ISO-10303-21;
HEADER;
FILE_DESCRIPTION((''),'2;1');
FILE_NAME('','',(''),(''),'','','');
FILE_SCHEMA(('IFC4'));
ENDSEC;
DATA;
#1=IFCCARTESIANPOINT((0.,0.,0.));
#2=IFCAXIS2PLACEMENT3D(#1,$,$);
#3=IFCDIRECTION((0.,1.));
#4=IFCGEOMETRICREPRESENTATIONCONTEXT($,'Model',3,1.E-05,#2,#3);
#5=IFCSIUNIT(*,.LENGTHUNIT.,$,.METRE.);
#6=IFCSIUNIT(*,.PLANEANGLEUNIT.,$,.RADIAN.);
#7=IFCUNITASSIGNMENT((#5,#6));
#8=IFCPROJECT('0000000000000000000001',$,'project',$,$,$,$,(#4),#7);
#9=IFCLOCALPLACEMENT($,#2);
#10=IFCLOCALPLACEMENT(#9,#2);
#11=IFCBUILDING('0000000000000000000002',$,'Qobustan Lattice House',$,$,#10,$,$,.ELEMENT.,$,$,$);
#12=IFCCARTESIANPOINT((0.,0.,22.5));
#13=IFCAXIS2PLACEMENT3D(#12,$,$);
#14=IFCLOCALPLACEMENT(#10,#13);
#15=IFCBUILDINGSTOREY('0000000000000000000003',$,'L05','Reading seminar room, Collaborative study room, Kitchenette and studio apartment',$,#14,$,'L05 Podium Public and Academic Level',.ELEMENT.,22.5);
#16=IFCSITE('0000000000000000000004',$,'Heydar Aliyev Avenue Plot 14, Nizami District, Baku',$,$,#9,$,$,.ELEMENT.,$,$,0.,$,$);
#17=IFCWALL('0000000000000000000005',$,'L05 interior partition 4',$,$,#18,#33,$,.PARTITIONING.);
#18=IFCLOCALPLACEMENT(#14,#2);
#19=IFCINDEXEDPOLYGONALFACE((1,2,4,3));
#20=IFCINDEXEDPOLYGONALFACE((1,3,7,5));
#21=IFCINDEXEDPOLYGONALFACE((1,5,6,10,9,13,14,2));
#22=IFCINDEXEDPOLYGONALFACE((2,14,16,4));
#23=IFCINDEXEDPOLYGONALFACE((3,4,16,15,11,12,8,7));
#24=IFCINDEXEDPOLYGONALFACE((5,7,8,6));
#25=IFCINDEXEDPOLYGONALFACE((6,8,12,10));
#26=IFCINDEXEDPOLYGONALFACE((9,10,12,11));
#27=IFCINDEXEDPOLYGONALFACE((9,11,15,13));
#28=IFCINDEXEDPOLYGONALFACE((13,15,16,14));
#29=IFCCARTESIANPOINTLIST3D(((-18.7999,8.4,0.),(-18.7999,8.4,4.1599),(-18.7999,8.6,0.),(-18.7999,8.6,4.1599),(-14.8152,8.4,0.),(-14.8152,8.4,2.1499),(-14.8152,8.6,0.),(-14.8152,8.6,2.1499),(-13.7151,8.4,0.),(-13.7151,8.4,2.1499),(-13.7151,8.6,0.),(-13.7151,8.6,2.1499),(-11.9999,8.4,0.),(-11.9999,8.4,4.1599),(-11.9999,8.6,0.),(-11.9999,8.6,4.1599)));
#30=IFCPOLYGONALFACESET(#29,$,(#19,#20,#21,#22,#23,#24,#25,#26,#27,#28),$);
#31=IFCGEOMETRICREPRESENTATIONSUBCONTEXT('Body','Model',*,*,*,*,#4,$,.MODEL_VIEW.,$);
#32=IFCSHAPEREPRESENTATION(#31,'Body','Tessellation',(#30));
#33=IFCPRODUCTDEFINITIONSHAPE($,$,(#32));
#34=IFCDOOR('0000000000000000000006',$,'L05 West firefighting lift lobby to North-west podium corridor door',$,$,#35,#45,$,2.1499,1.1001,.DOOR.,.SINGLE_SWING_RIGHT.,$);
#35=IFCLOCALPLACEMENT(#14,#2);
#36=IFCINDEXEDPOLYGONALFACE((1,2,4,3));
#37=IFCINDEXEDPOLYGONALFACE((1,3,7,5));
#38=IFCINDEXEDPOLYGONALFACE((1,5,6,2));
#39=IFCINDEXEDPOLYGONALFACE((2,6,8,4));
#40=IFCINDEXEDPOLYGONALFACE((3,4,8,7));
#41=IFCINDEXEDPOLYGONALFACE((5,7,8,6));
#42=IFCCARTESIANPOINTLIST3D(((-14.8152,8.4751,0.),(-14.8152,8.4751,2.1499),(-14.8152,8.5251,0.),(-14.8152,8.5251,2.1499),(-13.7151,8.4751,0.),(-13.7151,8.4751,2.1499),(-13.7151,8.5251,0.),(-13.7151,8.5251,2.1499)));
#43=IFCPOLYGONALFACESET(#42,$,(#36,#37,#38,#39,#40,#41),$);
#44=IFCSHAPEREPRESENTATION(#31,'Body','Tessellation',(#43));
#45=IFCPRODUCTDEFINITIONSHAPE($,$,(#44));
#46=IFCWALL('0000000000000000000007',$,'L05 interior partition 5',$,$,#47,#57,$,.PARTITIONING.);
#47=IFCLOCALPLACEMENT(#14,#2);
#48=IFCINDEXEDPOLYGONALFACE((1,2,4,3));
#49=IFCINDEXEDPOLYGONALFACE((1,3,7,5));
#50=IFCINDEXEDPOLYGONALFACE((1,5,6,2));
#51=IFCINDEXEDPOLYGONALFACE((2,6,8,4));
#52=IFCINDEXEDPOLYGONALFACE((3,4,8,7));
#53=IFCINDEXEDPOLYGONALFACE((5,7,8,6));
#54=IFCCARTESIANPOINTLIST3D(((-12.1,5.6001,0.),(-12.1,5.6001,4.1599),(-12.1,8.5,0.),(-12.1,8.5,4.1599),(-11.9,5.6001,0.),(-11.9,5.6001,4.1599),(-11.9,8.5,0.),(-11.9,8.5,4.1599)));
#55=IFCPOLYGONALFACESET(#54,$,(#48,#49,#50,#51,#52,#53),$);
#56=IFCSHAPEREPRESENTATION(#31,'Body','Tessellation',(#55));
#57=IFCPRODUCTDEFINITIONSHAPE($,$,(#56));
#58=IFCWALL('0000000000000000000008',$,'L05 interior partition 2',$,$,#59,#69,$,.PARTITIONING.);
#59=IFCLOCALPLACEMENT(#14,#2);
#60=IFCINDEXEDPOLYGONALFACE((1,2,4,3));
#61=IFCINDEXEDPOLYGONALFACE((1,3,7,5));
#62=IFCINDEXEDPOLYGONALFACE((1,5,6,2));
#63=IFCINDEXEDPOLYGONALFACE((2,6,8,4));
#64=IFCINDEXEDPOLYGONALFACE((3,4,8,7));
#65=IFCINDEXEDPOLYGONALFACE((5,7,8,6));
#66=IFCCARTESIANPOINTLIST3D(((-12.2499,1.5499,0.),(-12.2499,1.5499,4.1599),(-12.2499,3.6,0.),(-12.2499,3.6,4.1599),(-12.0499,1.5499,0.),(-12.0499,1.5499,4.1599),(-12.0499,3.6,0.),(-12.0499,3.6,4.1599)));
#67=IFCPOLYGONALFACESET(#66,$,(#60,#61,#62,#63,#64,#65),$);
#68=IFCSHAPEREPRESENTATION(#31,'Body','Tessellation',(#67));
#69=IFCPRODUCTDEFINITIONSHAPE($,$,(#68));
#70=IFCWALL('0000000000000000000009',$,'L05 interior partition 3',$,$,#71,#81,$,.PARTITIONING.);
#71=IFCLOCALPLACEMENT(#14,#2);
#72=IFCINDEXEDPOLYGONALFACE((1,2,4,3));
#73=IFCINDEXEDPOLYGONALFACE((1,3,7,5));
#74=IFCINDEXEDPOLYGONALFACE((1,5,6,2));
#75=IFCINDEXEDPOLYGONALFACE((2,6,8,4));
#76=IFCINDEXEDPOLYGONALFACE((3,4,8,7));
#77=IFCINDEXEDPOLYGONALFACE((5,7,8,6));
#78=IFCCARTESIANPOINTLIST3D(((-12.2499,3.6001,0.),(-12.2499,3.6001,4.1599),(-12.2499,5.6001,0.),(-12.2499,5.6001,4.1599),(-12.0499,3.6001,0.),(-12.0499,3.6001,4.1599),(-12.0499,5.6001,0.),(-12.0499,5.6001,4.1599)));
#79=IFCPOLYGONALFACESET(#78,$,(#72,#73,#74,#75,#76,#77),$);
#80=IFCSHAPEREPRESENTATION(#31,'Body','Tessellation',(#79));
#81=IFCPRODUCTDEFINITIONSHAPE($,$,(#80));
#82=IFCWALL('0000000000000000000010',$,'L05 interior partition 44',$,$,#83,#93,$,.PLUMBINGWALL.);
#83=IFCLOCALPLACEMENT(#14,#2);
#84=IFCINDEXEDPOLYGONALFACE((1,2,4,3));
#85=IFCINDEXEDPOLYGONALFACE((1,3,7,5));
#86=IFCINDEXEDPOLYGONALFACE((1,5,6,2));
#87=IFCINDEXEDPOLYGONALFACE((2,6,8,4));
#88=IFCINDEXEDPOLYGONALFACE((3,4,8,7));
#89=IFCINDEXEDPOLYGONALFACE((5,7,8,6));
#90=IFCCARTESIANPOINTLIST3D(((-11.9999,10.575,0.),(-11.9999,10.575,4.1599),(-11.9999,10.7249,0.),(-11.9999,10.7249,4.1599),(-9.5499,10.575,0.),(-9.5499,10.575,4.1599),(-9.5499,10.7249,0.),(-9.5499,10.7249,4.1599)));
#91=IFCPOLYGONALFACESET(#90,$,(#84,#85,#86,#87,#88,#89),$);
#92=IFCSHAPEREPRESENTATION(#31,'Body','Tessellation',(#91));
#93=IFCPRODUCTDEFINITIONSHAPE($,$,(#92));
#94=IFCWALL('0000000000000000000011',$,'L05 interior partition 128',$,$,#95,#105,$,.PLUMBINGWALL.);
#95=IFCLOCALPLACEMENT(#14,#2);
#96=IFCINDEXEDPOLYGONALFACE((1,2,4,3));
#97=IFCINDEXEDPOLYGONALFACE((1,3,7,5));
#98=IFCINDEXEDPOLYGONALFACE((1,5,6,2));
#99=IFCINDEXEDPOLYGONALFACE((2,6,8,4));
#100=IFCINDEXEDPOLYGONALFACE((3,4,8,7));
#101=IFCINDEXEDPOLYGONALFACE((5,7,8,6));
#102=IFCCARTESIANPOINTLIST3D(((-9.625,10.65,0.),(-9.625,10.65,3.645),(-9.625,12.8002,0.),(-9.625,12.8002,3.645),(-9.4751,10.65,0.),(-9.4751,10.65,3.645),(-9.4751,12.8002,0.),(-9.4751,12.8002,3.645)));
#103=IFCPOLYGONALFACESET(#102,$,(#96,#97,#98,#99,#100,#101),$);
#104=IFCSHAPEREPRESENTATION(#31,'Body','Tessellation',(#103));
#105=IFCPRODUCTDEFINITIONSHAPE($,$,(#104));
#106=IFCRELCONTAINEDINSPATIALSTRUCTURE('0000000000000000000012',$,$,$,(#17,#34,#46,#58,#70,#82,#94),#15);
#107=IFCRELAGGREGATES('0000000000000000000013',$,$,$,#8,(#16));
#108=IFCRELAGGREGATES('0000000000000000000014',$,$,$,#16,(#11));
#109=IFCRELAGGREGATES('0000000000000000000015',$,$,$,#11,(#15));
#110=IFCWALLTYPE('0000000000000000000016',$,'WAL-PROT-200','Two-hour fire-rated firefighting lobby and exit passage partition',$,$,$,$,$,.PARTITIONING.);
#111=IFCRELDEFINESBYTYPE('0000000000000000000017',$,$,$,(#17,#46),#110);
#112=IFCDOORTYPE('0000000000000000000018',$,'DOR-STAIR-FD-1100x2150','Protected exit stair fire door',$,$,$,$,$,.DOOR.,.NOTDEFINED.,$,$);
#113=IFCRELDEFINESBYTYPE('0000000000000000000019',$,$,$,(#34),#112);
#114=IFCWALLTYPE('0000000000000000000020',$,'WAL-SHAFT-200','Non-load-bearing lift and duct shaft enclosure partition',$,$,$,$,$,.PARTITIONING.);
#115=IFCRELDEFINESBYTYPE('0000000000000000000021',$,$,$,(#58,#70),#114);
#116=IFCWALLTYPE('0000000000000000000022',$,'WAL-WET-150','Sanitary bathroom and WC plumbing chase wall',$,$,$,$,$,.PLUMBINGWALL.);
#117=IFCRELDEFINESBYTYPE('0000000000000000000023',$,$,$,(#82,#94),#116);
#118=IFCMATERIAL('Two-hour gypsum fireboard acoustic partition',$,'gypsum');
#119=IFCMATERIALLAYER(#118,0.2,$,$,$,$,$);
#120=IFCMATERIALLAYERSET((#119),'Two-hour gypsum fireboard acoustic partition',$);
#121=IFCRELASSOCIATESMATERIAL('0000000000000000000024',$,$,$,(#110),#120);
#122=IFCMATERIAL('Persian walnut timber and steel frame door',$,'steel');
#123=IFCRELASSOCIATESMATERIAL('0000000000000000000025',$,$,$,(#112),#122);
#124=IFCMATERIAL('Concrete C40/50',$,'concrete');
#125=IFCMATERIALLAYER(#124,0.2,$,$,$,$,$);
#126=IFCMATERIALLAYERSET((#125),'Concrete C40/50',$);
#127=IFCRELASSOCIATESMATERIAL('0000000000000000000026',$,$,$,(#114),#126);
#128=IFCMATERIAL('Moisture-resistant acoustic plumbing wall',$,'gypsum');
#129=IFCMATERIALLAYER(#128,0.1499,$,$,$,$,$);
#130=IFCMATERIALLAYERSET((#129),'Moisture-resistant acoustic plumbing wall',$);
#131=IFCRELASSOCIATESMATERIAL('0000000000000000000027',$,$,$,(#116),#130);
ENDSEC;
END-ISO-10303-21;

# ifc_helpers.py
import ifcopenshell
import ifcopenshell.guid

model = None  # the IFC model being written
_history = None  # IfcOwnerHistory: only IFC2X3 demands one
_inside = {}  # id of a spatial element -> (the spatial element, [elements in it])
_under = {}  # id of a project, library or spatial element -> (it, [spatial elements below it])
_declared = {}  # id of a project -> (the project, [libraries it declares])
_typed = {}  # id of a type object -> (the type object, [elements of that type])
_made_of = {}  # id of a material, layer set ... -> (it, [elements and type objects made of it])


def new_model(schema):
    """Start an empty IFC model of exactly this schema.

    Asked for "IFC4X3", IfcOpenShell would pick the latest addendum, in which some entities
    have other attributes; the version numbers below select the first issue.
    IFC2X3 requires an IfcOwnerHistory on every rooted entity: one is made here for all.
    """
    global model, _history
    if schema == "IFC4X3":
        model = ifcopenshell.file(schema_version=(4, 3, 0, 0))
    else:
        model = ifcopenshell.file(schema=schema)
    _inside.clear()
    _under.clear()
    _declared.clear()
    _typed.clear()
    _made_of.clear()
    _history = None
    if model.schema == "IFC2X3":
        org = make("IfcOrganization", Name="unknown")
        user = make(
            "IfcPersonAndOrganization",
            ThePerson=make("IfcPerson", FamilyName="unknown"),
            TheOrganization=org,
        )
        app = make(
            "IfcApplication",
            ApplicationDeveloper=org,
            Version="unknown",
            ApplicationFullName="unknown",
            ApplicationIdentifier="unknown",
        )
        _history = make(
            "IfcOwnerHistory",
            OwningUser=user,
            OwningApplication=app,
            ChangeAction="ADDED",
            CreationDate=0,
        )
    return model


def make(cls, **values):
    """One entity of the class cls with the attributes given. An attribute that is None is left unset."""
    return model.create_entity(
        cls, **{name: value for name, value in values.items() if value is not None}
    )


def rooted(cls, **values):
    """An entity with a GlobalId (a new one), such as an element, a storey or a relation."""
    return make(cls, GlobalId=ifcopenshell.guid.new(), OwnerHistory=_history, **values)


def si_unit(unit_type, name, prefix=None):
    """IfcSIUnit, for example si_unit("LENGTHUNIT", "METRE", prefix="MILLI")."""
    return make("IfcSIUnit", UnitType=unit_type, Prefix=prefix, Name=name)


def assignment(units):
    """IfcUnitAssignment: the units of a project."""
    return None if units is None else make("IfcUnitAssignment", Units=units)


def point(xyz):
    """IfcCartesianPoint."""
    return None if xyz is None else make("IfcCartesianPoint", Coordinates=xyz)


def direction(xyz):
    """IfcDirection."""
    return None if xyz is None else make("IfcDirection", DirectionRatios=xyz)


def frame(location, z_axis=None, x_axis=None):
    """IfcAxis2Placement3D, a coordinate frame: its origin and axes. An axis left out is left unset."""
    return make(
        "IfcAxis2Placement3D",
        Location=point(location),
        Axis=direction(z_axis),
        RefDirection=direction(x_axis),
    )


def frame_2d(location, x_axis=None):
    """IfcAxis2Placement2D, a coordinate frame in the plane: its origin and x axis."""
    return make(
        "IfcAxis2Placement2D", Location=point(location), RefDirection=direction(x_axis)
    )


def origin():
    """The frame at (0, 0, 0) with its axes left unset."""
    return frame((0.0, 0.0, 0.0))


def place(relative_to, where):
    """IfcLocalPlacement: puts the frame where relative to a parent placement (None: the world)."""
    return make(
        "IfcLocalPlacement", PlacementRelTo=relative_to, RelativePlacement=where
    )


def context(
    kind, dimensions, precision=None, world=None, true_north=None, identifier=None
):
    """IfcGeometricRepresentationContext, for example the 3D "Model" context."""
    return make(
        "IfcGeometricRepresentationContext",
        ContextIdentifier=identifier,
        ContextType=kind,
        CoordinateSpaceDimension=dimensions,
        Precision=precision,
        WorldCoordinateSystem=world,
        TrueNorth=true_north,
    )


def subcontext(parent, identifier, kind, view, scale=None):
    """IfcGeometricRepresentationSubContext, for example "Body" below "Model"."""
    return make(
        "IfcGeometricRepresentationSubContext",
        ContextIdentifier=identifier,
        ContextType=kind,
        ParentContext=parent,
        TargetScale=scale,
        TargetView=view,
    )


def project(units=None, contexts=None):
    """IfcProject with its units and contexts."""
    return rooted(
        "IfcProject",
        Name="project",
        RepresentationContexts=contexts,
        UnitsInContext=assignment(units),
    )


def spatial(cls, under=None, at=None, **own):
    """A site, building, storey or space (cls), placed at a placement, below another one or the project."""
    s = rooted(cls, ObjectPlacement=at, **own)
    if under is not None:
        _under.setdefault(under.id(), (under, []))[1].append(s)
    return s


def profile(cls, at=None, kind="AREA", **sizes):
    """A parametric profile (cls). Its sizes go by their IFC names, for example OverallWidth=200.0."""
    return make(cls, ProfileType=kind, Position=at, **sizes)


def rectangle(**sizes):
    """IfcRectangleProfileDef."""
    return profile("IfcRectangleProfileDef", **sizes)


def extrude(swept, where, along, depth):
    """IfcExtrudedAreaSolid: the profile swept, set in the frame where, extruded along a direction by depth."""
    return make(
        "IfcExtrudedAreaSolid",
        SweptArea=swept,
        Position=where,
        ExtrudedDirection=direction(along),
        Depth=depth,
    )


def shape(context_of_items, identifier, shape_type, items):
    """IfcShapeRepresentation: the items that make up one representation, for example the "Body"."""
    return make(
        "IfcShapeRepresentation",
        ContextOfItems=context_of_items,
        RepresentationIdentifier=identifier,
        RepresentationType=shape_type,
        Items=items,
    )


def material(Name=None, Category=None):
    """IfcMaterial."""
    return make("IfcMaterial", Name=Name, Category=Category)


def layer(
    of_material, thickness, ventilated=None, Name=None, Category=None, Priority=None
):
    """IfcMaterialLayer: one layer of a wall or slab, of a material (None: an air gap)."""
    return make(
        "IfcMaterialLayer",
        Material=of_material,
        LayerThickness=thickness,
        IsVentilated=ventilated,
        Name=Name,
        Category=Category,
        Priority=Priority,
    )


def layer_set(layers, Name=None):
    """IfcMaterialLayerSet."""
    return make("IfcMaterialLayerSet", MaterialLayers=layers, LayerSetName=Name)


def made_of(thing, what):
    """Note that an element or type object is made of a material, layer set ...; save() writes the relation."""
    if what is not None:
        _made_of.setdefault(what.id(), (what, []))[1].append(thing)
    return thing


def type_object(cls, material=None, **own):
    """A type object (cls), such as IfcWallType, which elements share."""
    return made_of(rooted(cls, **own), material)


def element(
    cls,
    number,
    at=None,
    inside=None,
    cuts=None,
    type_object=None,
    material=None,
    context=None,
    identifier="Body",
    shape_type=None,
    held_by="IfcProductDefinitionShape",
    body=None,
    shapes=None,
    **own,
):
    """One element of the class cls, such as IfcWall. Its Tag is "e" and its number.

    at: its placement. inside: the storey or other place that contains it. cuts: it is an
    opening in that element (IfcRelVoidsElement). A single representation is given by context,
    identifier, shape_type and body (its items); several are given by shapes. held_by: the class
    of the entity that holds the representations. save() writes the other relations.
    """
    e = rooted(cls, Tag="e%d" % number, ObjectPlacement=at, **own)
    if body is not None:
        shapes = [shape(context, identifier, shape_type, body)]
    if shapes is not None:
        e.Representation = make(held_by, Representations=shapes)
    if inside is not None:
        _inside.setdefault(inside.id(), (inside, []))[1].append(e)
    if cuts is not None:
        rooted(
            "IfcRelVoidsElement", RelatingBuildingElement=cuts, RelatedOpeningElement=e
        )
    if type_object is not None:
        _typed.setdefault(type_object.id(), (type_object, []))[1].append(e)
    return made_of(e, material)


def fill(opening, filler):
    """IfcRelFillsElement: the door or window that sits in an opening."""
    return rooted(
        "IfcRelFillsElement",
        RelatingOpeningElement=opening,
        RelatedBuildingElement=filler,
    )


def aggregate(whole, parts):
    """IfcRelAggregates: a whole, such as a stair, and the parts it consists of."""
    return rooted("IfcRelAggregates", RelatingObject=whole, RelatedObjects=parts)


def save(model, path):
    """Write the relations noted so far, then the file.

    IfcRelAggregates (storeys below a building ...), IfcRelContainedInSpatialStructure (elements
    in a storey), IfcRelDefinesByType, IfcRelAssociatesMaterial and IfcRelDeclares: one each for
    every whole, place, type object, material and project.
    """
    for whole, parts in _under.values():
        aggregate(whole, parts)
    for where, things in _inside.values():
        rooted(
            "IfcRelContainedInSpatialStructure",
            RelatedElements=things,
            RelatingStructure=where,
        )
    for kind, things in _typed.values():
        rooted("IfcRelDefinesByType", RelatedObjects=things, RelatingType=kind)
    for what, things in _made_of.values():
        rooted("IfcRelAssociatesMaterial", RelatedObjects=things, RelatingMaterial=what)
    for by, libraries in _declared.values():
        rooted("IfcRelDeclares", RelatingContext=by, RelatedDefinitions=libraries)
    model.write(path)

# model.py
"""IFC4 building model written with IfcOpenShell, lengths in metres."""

from ifc_helpers import new_model, si_unit, direction, frame, frame_2d, origin, place, context, subcontext, project, spatial, rectangle, extrude, material, layer, layer_set, type_object, element, fill, save


model = new_model("IFC4")

# Units and contexts
model_context = context("Model", 3, precision=1e-05, world=origin(), true_north=direction((0.0, 1.0)))
body_context = subcontext(model_context, "Body", "Model", "MODEL_VIEW")
ifc_project = project(units=[si_unit("LENGTHUNIT", "METRE"), si_unit("PLANEANGLEUNIT", "RADIAN")], contexts=[model_context])

# Site, building, storey
site_placement = place(None, origin())
site = spatial("IfcSite", under=ifc_project, at=site_placement, Name="Heydar Aliyev Avenue Plot 14, Nizami District, Baku", CompositionType="ELEMENT", RefElevation=0.0)
building_placement = place(site_placement, origin())
building = spatial("IfcBuilding", under=site, at=building_placement, Name="Qobustan Lattice House", CompositionType="ELEMENT")
storey_placement = place(building_placement, frame((0.0, 0.0, 22.5)))
storey = spatial("IfcBuildingStorey", under=building, at=storey_placement, Name="L05", Description="Reading seminar room, Collaborative study room, Kitchenette and studio apartment", LongName="L05 Podium Public and Academic Level", CompositionType="ELEMENT", Elevation=22.5)

# Wall, opening, door
ifc_material_1 = material(Name="Two-hour gypsum fireboard acoustic partition", Category="gypsum")
ifc_layer_1 = layer(ifc_material_1, 0.2)
ifc_layer_set_1 = layer_set([ifc_layer_1], Name="Two-hour gypsum fireboard acoustic partition")
wall_type_1 = type_object("IfcWallType", Name="WAL-PROT-200", Description="Two-hour fire-rated firefighting lobby and exit passage partition", PredefinedType="PARTITIONING", material=ifc_layer_set_1)
wall_1_placement = place(storey_placement, frame((-12.0, 8.5, 0.0), z_axis=(0.0, 0.0, 1.0), x_axis=(-1.0, 0.0, 0.0)))
wall_1 = element("IfcWall", 1, at=wall_1_placement, inside=storey, type_object=wall_type_1, Name="L05 interior partition 4", PredefinedType="PARTITIONING", context=body_context, shape_type="SweptSolid", body=[
    extrude(rectangle(XDim=6.8, YDim=0.2, at=frame_2d((3.3999, 0.0))), origin(), (0.0, 0.0, 1.0), 4.1599),
])
opening_1_placement = place(wall_1_placement, frame((1.7151, 0.0, 0.0)))
opening_1 = element("IfcOpeningElement", 2, at=opening_1_placement, cuts=wall_1, PredefinedType="OPENING", context=body_context, shape_type="SweptSolid", body=[
    extrude(rectangle(XDim=1.1001, YDim=2.1499, at=frame_2d((0.55, 1.075))), frame((0.0, 0.1099, 0.0), z_axis=(0.0, -1.0, 0.0), x_axis=(1.0, 0.0, 0.0)), (0.0, 0.0, 1.0), 0.22),
])
ifc_material_2 = material(Name="Persian walnut timber and steel frame door", Category="steel")
door_type_1 = type_object("IfcDoorType", Name="DOR-STAIR-FD-1100x2150", Description="Protected exit stair fire door", OperationType="NOTDEFINED", PredefinedType="DOOR", material=ifc_material_2)
door_1_placement = place(opening_1_placement, origin())
door_1 = element("IfcDoor", 3, at=door_1_placement, inside=storey, type_object=door_type_1, Name="L05 West firefighting lift lobby to North-west podium corridor door", OperationType="SINGLE_SWING_RIGHT", OverallHeight=2.1499, OverallWidth=1.1001, PredefinedType="DOOR", context=body_context, shape_type="SweptSolid", body=[
    extrude(rectangle(XDim=1.1001, YDim=2.1499, at=frame_2d((0.55, 1.075))), frame((0.0, 0.0249, 0.0), z_axis=(0.0, -1.0, 0.0), x_axis=(1.0, 0.0, 0.0)), (0.0, 0.0, 1.0), 0.05),
])
fill(opening_1, door_1)

# Walls
wall_2_placement = place(storey_placement, frame((-12.0, 5.6001, 0.0), z_axis=(0.0, 0.0, 1.0), x_axis=(0.0, 1.0, 0.0)))
element("IfcWall", 4, at=wall_2_placement, inside=storey, type_object=wall_type_1, Name="L05 interior partition 5", PredefinedType="PARTITIONING", context=body_context, shape_type="SweptSolid", body=[
    extrude(rectangle(XDim=2.8999, YDim=0.2, at=frame_2d((1.45, 0.0))), origin(), (0.0, 0.0, 1.0), 4.1599),
])
ifc_material_3 = material(Name="Concrete C40/50", Category="concrete")
ifc_layer_2 = layer(ifc_material_3, 0.2)
ifc_layer_set_2 = layer_set([ifc_layer_2], Name="Concrete C40/50")
wall_type_2 = type_object("IfcWallType", Name="WAL-SHAFT-200", Description="Non-load-bearing lift and duct shaft enclosure partition", PredefinedType="PARTITIONING", material=ifc_layer_set_2)
wall_3_placement = place(storey_placement, frame((-12.1499, 1.55, 0.0), z_axis=(0.0, 0.0, 1.0), x_axis=(0.0, 1.0, 0.0)))
element("IfcWall", 5, at=wall_3_placement, inside=storey, type_object=wall_type_2, Name="L05 interior partition 2", PredefinedType="PARTITIONING", context=body_context, shape_type="SweptSolid", body=[
    extrude(rectangle(XDim=2.05, YDim=0.2, at=frame_2d((1.0249, 0.0))), origin(), (0.0, 0.0, 1.0), 4.1599),
])
wall_4_placement = place(storey_placement, frame((-12.1499, 3.6001, 0.0), z_axis=(0.0, 0.0, 1.0), x_axis=(0.0, 1.0, 0.0)))
element("IfcWall", 6, at=wall_4_placement, inside=storey, type_object=wall_type_2, Name="L05 interior partition 3", PredefinedType="PARTITIONING", context=body_context, shape_type="SweptSolid", body=[
    extrude(rectangle(XDim=2.0, YDim=0.2, at=frame_2d((1.0, 0.0))), origin(), (0.0, 0.0, 1.0), 4.1599),
])
ifc_material_4 = material(Name="Moisture-resistant acoustic plumbing wall", Category="gypsum")
ifc_layer_3 = layer(ifc_material_4, 0.1499)
ifc_layer_set_3 = layer_set([ifc_layer_3], Name="Moisture-resistant acoustic plumbing wall")
wall_type_3 = type_object("IfcWallType", Name="WAL-WET-150", Description="Sanitary bathroom and WC plumbing chase wall", PredefinedType="PLUMBINGWALL", material=ifc_layer_set_3)
wall_5_placement = place(storey_placement, frame((-12.0, 10.6499, 0.0), z_axis=(0.0, 0.0, 1.0), x_axis=(1.0, 0.0, 0.0)))
element("IfcWall", 7, at=wall_5_placement, inside=storey, type_object=wall_type_3, Name="L05 interior partition 44", PredefinedType="PLUMBINGWALL", context=body_context, shape_type="SweptSolid", body=[
    extrude(rectangle(XDim=2.45, YDim=0.1499, at=frame_2d((1.2251, 0.0))), origin(), (0.0, 0.0, 1.0), 4.1599),
])
wall_6_placement = place(storey_placement, frame((-9.55, 10.6499, 0.0), z_axis=(0.0, 0.0, 1.0), x_axis=(0.0, 1.0, 0.0)))
element("IfcWall", 8, at=wall_6_placement, inside=storey, type_object=wall_type_3, Name="L05 interior partition 128", PredefinedType="PLUMBINGWALL", context=body_context, shape_type="SweptSolid", body=[
    extrude(rectangle(XDim=2.1501, YDim=0.1499, at=frame_2d((1.0752, 0.0))), origin(), (0.0, 0.0, 1.0), 3.645),
])

save(model, "model.ifc")
